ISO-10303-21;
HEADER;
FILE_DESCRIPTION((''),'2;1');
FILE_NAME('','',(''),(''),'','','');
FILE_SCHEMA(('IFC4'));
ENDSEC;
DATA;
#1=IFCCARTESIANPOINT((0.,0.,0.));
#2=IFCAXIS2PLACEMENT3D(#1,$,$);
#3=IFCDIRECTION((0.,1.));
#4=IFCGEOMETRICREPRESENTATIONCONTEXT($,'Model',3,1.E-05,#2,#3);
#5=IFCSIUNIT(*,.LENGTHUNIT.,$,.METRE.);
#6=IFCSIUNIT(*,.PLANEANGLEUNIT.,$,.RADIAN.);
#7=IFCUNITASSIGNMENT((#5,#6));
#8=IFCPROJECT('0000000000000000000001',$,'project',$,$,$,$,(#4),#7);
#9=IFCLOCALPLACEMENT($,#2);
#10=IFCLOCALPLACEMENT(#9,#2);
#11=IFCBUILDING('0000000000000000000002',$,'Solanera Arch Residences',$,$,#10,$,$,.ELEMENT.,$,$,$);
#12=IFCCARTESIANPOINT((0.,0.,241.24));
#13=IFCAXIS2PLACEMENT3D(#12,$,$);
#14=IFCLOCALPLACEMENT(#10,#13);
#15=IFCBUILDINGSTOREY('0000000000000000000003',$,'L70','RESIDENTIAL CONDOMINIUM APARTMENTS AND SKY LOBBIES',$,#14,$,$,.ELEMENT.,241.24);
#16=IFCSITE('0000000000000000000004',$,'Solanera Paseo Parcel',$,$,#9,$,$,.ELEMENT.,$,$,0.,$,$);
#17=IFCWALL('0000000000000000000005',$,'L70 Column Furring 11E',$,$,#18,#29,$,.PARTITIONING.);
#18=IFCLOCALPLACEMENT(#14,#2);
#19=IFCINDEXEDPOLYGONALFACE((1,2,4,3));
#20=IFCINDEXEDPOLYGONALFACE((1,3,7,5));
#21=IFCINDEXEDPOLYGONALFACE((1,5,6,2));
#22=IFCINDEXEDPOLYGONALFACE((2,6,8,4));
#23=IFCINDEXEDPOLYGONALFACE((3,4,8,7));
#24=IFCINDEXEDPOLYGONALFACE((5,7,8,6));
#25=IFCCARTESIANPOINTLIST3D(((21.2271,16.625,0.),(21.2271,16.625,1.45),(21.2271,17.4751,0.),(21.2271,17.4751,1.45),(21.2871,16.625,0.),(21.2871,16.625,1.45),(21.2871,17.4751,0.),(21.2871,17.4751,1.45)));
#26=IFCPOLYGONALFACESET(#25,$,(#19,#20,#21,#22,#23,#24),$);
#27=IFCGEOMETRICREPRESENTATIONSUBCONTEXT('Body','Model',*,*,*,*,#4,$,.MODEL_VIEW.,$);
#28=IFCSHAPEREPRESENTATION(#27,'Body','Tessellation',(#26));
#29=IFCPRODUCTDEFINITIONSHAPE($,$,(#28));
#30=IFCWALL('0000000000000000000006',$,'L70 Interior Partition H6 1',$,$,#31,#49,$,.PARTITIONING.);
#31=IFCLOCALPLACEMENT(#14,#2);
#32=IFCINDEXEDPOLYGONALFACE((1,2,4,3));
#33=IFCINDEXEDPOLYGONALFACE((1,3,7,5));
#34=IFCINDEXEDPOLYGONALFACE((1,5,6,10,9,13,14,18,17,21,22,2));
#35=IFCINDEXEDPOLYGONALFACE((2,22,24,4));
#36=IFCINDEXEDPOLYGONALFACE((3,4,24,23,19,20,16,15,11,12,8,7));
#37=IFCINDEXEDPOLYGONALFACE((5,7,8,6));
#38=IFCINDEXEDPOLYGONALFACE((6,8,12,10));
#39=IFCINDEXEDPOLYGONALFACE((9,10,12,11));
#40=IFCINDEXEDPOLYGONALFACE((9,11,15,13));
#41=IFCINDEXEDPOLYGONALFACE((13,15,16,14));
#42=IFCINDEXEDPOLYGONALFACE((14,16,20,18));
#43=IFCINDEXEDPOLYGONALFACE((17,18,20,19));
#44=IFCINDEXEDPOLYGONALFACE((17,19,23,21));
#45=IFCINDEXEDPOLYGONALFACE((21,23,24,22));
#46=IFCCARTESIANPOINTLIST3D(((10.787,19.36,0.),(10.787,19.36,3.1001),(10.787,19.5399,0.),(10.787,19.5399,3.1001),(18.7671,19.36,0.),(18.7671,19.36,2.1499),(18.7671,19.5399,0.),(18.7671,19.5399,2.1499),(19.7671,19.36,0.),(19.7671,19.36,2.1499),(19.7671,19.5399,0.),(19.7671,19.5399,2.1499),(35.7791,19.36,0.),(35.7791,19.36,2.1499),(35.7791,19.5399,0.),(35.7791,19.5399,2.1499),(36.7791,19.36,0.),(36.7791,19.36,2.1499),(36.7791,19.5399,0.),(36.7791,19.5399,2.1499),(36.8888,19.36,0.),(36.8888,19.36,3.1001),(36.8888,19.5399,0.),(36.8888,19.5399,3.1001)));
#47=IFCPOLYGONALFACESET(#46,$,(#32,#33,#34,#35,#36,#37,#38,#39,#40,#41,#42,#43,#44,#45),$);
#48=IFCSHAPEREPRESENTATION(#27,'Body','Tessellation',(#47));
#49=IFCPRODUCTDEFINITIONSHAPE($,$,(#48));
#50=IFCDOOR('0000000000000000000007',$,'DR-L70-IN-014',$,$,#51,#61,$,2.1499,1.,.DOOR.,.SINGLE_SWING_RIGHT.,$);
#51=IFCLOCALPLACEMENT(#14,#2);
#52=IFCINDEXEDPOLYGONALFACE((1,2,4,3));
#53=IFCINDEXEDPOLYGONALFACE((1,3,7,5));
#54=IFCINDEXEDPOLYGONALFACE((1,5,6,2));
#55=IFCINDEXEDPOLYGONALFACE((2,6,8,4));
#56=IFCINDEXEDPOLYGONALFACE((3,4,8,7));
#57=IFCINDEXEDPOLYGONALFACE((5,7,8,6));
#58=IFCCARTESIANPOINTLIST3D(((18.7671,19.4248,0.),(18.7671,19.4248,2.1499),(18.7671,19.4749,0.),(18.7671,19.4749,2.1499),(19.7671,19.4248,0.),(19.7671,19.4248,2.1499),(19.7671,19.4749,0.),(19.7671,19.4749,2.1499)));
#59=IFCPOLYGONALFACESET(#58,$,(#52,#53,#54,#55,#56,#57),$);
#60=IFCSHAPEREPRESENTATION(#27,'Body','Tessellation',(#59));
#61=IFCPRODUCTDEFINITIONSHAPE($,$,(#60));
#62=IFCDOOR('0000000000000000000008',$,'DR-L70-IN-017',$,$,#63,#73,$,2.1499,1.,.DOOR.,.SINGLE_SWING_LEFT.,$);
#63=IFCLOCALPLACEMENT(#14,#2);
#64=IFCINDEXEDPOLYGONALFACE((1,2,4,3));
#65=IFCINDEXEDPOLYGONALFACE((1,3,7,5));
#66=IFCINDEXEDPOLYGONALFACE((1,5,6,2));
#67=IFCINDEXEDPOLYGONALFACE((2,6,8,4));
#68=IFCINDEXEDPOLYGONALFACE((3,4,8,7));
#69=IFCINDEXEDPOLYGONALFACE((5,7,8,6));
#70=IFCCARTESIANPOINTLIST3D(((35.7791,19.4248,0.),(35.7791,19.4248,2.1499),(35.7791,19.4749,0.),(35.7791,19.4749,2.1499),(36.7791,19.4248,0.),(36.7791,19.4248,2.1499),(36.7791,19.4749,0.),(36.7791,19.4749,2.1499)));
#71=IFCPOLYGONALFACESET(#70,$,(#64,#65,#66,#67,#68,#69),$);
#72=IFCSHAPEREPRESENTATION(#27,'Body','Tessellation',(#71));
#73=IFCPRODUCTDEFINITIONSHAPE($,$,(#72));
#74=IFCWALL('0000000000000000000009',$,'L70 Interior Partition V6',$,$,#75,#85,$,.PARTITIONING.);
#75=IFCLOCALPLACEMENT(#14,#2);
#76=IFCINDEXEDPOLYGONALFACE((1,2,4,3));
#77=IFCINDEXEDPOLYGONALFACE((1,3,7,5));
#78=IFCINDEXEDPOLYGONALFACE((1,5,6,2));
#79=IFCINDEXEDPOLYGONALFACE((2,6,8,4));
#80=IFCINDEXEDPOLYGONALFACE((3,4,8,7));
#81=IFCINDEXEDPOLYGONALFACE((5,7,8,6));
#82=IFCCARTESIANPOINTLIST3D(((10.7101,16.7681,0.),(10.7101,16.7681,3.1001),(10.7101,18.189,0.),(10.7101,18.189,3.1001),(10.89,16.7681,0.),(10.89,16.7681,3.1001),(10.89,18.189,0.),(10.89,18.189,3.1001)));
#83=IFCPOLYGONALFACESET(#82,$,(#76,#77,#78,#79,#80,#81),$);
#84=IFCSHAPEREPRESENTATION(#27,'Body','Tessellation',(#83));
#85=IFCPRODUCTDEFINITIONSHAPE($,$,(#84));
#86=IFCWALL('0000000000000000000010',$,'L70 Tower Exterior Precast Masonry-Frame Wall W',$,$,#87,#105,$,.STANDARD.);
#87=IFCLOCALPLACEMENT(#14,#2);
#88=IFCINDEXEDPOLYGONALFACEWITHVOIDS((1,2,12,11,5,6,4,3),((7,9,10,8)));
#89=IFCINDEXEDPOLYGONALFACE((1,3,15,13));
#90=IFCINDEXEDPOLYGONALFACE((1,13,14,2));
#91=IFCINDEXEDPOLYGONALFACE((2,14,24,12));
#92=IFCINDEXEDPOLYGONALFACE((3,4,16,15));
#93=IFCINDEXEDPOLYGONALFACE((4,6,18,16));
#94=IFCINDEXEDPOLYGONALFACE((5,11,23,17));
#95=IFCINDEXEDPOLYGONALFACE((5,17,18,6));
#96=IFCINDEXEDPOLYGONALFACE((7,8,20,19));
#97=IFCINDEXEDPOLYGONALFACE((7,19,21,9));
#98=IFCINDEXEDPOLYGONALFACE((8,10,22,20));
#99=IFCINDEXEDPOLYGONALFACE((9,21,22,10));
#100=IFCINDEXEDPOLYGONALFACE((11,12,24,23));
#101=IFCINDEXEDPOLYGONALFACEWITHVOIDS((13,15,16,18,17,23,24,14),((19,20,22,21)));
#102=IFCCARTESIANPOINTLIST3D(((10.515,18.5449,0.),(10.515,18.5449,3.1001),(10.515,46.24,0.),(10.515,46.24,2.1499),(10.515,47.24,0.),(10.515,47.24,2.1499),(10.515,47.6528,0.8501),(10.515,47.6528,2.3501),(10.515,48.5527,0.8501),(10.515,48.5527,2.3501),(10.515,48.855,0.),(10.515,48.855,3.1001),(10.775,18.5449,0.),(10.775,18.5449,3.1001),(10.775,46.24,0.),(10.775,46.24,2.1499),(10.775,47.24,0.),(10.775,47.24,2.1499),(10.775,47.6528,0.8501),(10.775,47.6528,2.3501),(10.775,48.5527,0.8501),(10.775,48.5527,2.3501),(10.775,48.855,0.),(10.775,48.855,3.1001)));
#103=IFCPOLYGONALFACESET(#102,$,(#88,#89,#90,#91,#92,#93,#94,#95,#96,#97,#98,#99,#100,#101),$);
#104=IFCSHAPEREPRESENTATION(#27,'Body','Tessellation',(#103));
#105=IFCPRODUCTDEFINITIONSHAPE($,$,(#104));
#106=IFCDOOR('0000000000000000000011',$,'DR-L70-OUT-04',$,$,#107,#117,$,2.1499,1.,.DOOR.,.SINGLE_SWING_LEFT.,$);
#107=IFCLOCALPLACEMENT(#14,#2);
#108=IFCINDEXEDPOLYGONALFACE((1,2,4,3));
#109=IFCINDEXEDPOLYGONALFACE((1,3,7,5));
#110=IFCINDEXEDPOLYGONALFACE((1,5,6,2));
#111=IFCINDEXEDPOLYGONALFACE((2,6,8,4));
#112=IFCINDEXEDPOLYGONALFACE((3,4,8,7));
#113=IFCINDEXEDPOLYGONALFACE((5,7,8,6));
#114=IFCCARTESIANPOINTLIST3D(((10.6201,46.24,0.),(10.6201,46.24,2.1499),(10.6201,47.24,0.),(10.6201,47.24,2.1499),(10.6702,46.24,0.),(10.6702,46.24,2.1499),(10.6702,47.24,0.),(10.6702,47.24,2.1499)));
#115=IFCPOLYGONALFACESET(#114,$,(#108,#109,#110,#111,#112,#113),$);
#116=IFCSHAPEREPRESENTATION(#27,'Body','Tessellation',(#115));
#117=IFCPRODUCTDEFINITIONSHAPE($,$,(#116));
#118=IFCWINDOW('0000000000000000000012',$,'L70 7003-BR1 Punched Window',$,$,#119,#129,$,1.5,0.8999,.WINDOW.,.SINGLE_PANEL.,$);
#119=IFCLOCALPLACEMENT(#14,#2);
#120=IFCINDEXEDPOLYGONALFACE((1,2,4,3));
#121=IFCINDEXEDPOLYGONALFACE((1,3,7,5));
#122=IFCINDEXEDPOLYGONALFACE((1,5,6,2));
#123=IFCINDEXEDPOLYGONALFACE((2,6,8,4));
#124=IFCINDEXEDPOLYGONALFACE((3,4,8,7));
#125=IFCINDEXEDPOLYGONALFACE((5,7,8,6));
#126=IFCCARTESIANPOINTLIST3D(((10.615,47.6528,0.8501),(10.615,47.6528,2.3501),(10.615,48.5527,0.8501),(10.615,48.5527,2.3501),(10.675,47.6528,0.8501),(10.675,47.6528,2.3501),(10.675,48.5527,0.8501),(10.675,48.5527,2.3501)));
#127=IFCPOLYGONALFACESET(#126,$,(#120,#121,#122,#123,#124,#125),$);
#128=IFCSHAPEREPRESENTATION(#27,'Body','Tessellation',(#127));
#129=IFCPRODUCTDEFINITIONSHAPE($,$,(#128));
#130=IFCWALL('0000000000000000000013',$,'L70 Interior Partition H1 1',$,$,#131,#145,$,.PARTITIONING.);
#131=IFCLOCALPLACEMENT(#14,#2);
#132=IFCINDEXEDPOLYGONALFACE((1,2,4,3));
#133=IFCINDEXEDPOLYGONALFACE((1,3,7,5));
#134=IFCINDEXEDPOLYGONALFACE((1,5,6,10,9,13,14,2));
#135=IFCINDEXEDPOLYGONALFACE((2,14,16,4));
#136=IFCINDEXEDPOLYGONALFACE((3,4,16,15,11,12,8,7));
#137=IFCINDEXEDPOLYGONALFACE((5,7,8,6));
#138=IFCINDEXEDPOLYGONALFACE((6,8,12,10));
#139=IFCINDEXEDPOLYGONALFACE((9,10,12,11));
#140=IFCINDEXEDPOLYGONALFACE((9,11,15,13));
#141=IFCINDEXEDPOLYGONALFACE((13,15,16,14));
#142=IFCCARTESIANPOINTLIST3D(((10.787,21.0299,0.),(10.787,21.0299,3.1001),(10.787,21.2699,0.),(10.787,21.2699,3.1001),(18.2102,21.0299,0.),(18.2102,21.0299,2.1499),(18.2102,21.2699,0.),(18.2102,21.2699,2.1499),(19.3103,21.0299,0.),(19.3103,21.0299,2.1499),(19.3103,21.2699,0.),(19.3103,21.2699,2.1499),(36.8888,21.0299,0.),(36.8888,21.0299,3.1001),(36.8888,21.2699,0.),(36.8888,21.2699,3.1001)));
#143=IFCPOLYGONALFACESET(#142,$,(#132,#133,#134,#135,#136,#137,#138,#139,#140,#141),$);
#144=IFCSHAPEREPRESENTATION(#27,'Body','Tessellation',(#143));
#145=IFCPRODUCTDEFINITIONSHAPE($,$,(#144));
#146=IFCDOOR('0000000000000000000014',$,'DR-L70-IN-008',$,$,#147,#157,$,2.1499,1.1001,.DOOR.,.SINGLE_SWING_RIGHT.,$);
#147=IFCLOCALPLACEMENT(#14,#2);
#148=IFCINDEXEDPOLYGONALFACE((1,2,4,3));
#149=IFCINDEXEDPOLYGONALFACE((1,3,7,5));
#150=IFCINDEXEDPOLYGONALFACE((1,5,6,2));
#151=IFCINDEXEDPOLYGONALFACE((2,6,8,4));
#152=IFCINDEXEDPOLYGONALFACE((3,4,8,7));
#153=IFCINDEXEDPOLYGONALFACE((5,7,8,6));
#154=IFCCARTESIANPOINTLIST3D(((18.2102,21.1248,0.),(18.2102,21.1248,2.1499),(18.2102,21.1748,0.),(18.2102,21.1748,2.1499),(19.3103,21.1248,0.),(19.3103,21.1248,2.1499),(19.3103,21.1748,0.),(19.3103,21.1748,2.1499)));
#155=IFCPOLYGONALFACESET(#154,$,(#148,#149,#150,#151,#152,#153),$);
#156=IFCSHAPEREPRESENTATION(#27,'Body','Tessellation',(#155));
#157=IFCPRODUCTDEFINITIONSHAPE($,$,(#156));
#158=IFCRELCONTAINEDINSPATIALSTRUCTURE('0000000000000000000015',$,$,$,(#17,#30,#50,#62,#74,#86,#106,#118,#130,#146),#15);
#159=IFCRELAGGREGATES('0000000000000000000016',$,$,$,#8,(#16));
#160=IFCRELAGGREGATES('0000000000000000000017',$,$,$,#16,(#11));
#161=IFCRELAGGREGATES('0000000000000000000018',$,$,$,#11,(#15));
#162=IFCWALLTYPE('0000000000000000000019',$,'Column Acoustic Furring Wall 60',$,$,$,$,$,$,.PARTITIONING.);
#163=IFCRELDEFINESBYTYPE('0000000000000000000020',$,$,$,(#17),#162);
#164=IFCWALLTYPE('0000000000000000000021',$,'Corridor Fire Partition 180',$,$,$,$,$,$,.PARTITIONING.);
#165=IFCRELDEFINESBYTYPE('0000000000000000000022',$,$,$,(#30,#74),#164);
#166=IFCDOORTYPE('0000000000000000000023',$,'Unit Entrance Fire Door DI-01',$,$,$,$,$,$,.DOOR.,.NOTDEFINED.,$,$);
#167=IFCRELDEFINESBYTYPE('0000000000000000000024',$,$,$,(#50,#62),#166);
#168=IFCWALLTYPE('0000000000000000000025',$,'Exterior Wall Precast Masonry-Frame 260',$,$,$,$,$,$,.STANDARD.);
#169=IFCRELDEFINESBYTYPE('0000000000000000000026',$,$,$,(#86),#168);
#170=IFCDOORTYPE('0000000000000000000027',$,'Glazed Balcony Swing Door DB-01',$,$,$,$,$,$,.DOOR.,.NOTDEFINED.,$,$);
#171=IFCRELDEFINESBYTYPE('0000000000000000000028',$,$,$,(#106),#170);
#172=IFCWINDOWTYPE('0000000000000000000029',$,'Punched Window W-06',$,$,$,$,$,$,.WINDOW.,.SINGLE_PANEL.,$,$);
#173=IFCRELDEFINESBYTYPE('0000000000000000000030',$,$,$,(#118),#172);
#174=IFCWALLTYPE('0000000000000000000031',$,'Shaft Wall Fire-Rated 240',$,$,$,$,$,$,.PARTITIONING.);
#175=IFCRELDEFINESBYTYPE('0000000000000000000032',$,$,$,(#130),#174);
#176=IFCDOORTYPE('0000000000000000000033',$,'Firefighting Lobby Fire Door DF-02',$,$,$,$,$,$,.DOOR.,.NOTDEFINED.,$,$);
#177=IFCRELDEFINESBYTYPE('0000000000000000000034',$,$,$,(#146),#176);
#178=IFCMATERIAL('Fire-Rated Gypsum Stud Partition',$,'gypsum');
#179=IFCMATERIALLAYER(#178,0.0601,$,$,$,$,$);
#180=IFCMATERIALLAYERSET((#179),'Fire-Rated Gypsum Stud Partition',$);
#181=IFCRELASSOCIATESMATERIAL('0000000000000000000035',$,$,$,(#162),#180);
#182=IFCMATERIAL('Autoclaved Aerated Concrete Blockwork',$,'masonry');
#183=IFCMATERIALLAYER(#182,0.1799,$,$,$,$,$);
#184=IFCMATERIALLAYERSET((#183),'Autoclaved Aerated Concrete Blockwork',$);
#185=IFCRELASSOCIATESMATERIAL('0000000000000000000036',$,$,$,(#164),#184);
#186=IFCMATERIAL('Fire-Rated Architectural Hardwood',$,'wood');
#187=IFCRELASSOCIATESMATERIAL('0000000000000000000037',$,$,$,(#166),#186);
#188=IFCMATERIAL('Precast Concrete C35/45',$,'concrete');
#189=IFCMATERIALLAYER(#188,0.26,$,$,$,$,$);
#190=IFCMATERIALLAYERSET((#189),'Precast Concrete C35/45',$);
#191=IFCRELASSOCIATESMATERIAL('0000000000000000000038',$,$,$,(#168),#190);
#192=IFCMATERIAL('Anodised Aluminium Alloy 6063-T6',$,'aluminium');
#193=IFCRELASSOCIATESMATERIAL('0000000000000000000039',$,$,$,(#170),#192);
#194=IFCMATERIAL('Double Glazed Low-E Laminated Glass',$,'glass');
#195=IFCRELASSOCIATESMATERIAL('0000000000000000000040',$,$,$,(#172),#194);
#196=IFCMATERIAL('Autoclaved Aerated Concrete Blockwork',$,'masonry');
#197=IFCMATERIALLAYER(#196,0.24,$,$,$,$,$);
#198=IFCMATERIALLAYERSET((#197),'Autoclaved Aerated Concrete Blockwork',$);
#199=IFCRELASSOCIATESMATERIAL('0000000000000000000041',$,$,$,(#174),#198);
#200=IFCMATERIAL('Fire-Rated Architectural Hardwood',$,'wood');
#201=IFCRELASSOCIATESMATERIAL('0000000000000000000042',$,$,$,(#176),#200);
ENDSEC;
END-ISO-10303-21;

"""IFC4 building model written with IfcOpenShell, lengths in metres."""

from ifc_helpers import new_model, si_unit, direction, frame, frame_2d, origin, place, context, subcontext, project, spatial, rectangle, extrude, material, layer, layer_set, type_object, element, fill, save


model = new_model("IFC4")

# Units and contexts
model_context = context("Model", 3, precision=1e-05, world=origin(), true_north=direction((0.0, 1.0)))
body_context = subcontext(model_context, "Body", "Model", "MODEL_VIEW")
ifc_project = project(units=[si_unit("LENGTHUNIT", "METRE"), si_unit("PLANEANGLEUNIT", "RADIAN")], contexts=[model_context])

# Site, building, storey
site_placement = place(None, origin())
site = spatial("IfcSite", under=ifc_project, at=site_placement, Name="Solanera Paseo Parcel", CompositionType="ELEMENT", RefElevation=0.0)
building_placement = place(site_placement, origin())
building = spatial("IfcBuilding", under=site, at=building_placement, Name="Solanera Arch Residences", CompositionType="ELEMENT")
storey_placement = place(building_placement, frame((0.0, 0.0, 241.24)))
storey = spatial("IfcBuildingStorey", under=building, at=storey_placement, Name="L70", Description="RESIDENTIAL CONDOMINIUM APARTMENTS AND SKY LOBBIES", CompositionType="ELEMENT", Elevation=241.24)

# Wall
ifc_material_1 = material(Name="Fire-Rated Gypsum Stud Partition", Category="gypsum")
ifc_layer_1 = layer(ifc_material_1, 0.0601)
ifc_layer_set_1 = layer_set([ifc_layer_1], Name="Fire-Rated Gypsum Stud Partition")
wall_type_1 = type_object("IfcWallType", Name="Column Acoustic Furring Wall 60", PredefinedType="PARTITIONING", material=ifc_layer_set_1)
for number, where, z_axis, x_axis, name in (
    (1, (21.2571, 16.625, 0.0), (0.0, 0.0, 1.0), (0.0, 1.0, 0.0), "L70 Column Furring 11E"),
):
    element("IfcWall", number, at=place(storey_placement, frame(where, z_axis=z_axis, x_axis=x_axis)), inside=storey, type_object=wall_type_1, Name=name, PredefinedType="PARTITIONING", context=body_context, shape_type="SweptSolid", body=[
        extrude(rectangle(XDim=0.8501, YDim=0.0601, at=frame_2d((0.425, 0.0))), origin(), (0.0, 0.0, 1.0), 1.45),
    ])

# Wall, openings, doors
ifc_material_2 = material(Name="Autoclaved Aerated Concrete Blockwork", Category="masonry")
ifc_layer_2 = layer(ifc_material_2, 0.1799)
ifc_layer_set_2 = layer_set([ifc_layer_2], Name="Autoclaved Aerated Concrete Blockwork")
wall_type_2 = type_object("IfcWallType", Name="Corridor Fire Partition 180", PredefinedType="PARTITIONING", material=ifc_layer_set_2)
wall_1_placement = place(storey_placement, frame((10.7871, 19.45, 0.0), z_axis=(0.0, 0.0, 1.0), x_axis=(1.0, 0.0, 0.0)))
wall_1 = element("IfcWall", 2, at=wall_1_placement, inside=storey, type_object=wall_type_2, Name="L70 Interior Partition H6 1", PredefinedType="PARTITIONING", context=body_context, shape_type="SweptSolid", body=[
    extrude(rectangle(XDim=26.1018, YDim=0.1799, at=frame_2d((13.0508, 0.0))), origin(), (0.0, 0.0, 1.0), 3.1001),
])
opening_1_placement = place(wall_1_placement, frame((7.98, 0.0, 0.0)))
opening_1 = element("IfcOpeningElement", 3, at=opening_1_placement, cuts=wall_1, PredefinedType="OPENING", context=body_context, shape_type="SweptSolid", body=[
    extrude(rectangle(XDim=1.0, YDim=2.1499, at=frame_2d((0.5, 1.075))), frame((0.0, 0.1001, 0.0), z_axis=(0.0, -1.0, 0.0), x_axis=(1.0, 0.0, 0.0)), (0.0, 0.0, 1.0), 0.1999),
])
opening_2_placement = place(wall_1_placement, frame((24.9919, 0.0, 0.0)))
opening_2 = element("IfcOpeningElement", 4, at=opening_2_placement, cuts=wall_1, PredefinedType="OPENING", context=body_context, shape_type="SweptSolid", body=[
    extrude(rectangle(XDim=1.0, YDim=2.1499, at=frame_2d((0.5, 1.075))), frame((0.0, 0.1001, 0.0), z_axis=(0.0, -1.0, 0.0), x_axis=(1.0, 0.0, 0.0)), (0.0, 0.0, 1.0), 0.1999),
])
ifc_material_3 = material(Name="Fire-Rated Architectural Hardwood", Category="wood")
door_type_1 = type_object("IfcDoorType", Name="Unit Entrance Fire Door DI-01", OperationType="NOTDEFINED", PredefinedType="DOOR", material=ifc_material_3)
door_1_placement = place(opening_1_placement, origin())
door_1 = element("IfcDoor", 5, at=door_1_placement, inside=storey, type_object=door_type_1, Name="DR-L70-IN-014", OperationType="SINGLE_SWING_RIGHT", OverallHeight=2.1499, OverallWidth=1.0, PredefinedType="DOOR", context=body_context, shape_type="SweptSolid", body=[
    extrude(rectangle(XDim=1.0, YDim=2.1499, at=frame_2d((0.5, 1.075))), frame((0.0, 0.0249, 0.0), z_axis=(0.0, -1.0, 0.0), x_axis=(1.0, 0.0, 0.0)), (0.0, 0.0, 1.0), 0.05),
])
fill(opening_1, door_1)
door_2_placement = place(opening_2_placement, origin())
door_2 = element("IfcDoor", 6, at=door_2_placement, inside=storey, type_object=door_type_1, Name="DR-L70-IN-017", OperationType="SINGLE_SWING_LEFT", OverallHeight=2.1499, OverallWidth=1.0, PredefinedType="DOOR", context=body_context, shape_type="SweptSolid", body=[
    extrude(rectangle(XDim=1.0, YDim=2.1499, at=frame_2d((0.5, 1.075))), frame((0.0, 0.0249, 0.0), z_axis=(0.0, -1.0, 0.0), x_axis=(1.0, 0.0, 0.0)), (0.0, 0.0, 1.0), 0.05),
])
fill(opening_2, door_2)

# Wall
wall_2_placement = place(storey_placement, frame((10.8, 16.7681, 0.0), z_axis=(0.0, 0.0, 1.0), x_axis=(0.0, 1.0, 0.0)))
element("IfcWall", 7, at=wall_2_placement, inside=storey, type_object=wall_type_2, Name="L70 Interior Partition V6", PredefinedType="PARTITIONING", context=body_context, shape_type="SweptSolid", body=[
    extrude(rectangle(XDim=1.4209, YDim=0.1799, at=frame_2d((0.7104, 0.0))), origin(), (0.0, 0.0, 1.0), 3.1001),
])

# Wall, openings, door, window
ifc_material_4 = material(Name="Precast Concrete C35/45", Category="concrete")
ifc_layer_3 = layer(ifc_material_4, 0.26)
ifc_layer_set_3 = layer_set([ifc_layer_3], Name="Precast Concrete C35/45")
wall_type_3 = type_object("IfcWallType", Name="Exterior Wall Precast Masonry-Frame 260", PredefinedType="STANDARD", material=ifc_layer_set_3)
wall_3_placement = place(storey_placement, frame((10.645, 18.5449, 0.0), z_axis=(0.0, 0.0, 1.0), x_axis=(0.0, 1.0, 0.0)))
wall_3 = element("IfcWall", 8, at=wall_3_placement, inside=storey, type_object=wall_type_3, Name="L70 Tower Exterior Precast Masonry-Frame Wall W", PredefinedType="STANDARD", context=body_context, shape_type="SweptSolid", body=[
    extrude(rectangle(XDim=30.3101, YDim=0.26, at=frame_2d((15.155, 0.0))), origin(), (0.0, 0.0, 1.0), 3.1001),
])
opening_3_placement = place(wall_3_placement, frame((27.6951, 0.0, 0.0)))
opening_3 = element("IfcOpeningElement", 9, at=opening_3_placement, cuts=wall_3, PredefinedType="OPENING", context=body_context, shape_type="SweptSolid", body=[
    extrude(rectangle(XDim=1.0, YDim=2.1499, at=frame_2d((0.5, 1.075))), frame((0.0, 0.1399, 0.0), z_axis=(0.0, -1.0, 0.0), x_axis=(1.0, 0.0, 0.0)), (0.0, 0.0, 1.0), 0.28),
])
opening_4_placement = place(wall_3_placement, frame((29.1079, 0.0, 0.8501)))
opening_4 = element("IfcOpeningElement", 10, at=opening_4_placement, cuts=wall_3, PredefinedType="OPENING", context=body_context, shape_type="SweptSolid", body=[
    extrude(rectangle(XDim=0.8999, YDim=1.5, at=frame_2d((0.45, 0.75))), frame((0.0, 0.1399, 0.0), z_axis=(0.0, -1.0, 0.0), x_axis=(1.0, 0.0, 0.0)), (0.0, 0.0, 1.0), 0.28),
])
ifc_material_5 = material(Name="Anodised Aluminium Alloy 6063-T6", Category="aluminium")
door_type_2 = type_object("IfcDoorType", Name="Glazed Balcony Swing Door DB-01", OperationType="NOTDEFINED", PredefinedType="DOOR", material=ifc_material_5)
door_3_placement = place(opening_3_placement, origin())
door_3 = element("IfcDoor", 11, at=door_3_placement, inside=storey, type_object=door_type_2, Name="DR-L70-OUT-04", OperationType="SINGLE_SWING_LEFT", OverallHeight=2.1499, OverallWidth=1.0, PredefinedType="DOOR", context=body_context, shape_type="SweptSolid", body=[
    extrude(rectangle(XDim=1.0, YDim=2.1499, at=frame_2d((0.5, 1.075))), frame((0.0, 0.0249, 0.0), z_axis=(0.0, -1.0, 0.0), x_axis=(1.0, 0.0, 0.0)), (0.0, 0.0, 1.0), 0.05),
])
fill(opening_3, door_3)
ifc_material_6 = material(Name="Double Glazed Low-E Laminated Glass", Category="glass")
window_type = type_object("IfcWindowType", Name="Punched Window W-06", PartitioningType="SINGLE_PANEL", PredefinedType="WINDOW", material=ifc_material_6)
window_placement = place(opening_4_placement, origin())
window = element("IfcWindow", 12, at=window_placement, inside=storey, type_object=window_type, Name="L70 7003-BR1 Punched Window", OverallHeight=1.5, OverallWidth=0.8999, PartitioningType="SINGLE_PANEL", PredefinedType="WINDOW", context=body_context, shape_type="SweptSolid", body=[
    extrude(rectangle(XDim=0.8999, YDim=1.5, at=frame_2d((0.45, 0.75))), frame((0.0, 0.03, 0.0), z_axis=(0.0, -1.0, 0.0), x_axis=(1.0, 0.0, 0.0)), (0.0, 0.0, 1.0), 0.0601),
])
fill(opening_4, window)

# Wall, opening, door
ifc_material_7 = material(Name="Autoclaved Aerated Concrete Blockwork", Category="masonry")
ifc_layer_4 = layer(ifc_material_7, 0.24)
ifc_layer_set_4 = layer_set([ifc_layer_4], Name="Autoclaved Aerated Concrete Blockwork")
wall_type_4 = type_object("IfcWallType", Name="Shaft Wall Fire-Rated 240", PredefinedType="PARTITIONING", material=ifc_layer_set_4)
wall_4_placement = place(storey_placement, frame((10.7871, 21.1499, 0.0), z_axis=(0.0, 0.0, 1.0), x_axis=(1.0, 0.0, 0.0)))
wall_4 = element("IfcWall", 13, at=wall_4_placement, inside=storey, type_object=wall_type_4, Name="L70 Interior Partition H1 1", PredefinedType="PARTITIONING", context=body_context, shape_type="SweptSolid", body=[
    extrude(rectangle(XDim=26.1018, YDim=0.24, at=frame_2d((13.0508, 0.0))), origin(), (0.0, 0.0, 1.0), 3.1001),
])
opening_5_placement = place(wall_4_placement, frame((7.4231, 0.0, 0.0)))
opening_5 = element("IfcOpeningElement", 14, at=opening_5_placement, cuts=wall_4, PredefinedType="OPENING", context=body_context, shape_type="SweptSolid", body=[
    extrude(rectangle(XDim=1.1001, YDim=2.1499, at=frame_2d((0.55, 1.075))), frame((0.0, 0.1299, 0.0), z_axis=(0.0, -1.0, 0.0), x_axis=(1.0, 0.0, 0.0)), (0.0, 0.0, 1.0), 0.26),
])
ifc_material_8 = material(Name="Fire-Rated Architectural Hardwood", Category="wood")
door_type_3 = type_object("IfcDoorType", Name="Firefighting Lobby Fire Door DF-02", OperationType="NOTDEFINED", PredefinedType="DOOR", material=ifc_material_8)
door_4_placement = place(opening_5_placement, origin())
door_4 = element("IfcDoor", 15, at=door_4_placement, inside=storey, type_object=door_type_3, Name="DR-L70-IN-008", OperationType="SINGLE_SWING_RIGHT", OverallHeight=2.1499, OverallWidth=1.1001, PredefinedType="DOOR", context=body_context, shape_type="SweptSolid", body=[
    extrude(rectangle(XDim=1.1001, YDim=2.1499, at=frame_2d((0.55, 1.075))), frame((0.0, 0.0249, 0.0), z_axis=(0.0, -1.0, 0.0), x_axis=(1.0, 0.0, 0.0)), (0.0, 0.0, 1.0), 0.05),
])
fill(opening_5, door_4)

save(model, "model.ifc")
